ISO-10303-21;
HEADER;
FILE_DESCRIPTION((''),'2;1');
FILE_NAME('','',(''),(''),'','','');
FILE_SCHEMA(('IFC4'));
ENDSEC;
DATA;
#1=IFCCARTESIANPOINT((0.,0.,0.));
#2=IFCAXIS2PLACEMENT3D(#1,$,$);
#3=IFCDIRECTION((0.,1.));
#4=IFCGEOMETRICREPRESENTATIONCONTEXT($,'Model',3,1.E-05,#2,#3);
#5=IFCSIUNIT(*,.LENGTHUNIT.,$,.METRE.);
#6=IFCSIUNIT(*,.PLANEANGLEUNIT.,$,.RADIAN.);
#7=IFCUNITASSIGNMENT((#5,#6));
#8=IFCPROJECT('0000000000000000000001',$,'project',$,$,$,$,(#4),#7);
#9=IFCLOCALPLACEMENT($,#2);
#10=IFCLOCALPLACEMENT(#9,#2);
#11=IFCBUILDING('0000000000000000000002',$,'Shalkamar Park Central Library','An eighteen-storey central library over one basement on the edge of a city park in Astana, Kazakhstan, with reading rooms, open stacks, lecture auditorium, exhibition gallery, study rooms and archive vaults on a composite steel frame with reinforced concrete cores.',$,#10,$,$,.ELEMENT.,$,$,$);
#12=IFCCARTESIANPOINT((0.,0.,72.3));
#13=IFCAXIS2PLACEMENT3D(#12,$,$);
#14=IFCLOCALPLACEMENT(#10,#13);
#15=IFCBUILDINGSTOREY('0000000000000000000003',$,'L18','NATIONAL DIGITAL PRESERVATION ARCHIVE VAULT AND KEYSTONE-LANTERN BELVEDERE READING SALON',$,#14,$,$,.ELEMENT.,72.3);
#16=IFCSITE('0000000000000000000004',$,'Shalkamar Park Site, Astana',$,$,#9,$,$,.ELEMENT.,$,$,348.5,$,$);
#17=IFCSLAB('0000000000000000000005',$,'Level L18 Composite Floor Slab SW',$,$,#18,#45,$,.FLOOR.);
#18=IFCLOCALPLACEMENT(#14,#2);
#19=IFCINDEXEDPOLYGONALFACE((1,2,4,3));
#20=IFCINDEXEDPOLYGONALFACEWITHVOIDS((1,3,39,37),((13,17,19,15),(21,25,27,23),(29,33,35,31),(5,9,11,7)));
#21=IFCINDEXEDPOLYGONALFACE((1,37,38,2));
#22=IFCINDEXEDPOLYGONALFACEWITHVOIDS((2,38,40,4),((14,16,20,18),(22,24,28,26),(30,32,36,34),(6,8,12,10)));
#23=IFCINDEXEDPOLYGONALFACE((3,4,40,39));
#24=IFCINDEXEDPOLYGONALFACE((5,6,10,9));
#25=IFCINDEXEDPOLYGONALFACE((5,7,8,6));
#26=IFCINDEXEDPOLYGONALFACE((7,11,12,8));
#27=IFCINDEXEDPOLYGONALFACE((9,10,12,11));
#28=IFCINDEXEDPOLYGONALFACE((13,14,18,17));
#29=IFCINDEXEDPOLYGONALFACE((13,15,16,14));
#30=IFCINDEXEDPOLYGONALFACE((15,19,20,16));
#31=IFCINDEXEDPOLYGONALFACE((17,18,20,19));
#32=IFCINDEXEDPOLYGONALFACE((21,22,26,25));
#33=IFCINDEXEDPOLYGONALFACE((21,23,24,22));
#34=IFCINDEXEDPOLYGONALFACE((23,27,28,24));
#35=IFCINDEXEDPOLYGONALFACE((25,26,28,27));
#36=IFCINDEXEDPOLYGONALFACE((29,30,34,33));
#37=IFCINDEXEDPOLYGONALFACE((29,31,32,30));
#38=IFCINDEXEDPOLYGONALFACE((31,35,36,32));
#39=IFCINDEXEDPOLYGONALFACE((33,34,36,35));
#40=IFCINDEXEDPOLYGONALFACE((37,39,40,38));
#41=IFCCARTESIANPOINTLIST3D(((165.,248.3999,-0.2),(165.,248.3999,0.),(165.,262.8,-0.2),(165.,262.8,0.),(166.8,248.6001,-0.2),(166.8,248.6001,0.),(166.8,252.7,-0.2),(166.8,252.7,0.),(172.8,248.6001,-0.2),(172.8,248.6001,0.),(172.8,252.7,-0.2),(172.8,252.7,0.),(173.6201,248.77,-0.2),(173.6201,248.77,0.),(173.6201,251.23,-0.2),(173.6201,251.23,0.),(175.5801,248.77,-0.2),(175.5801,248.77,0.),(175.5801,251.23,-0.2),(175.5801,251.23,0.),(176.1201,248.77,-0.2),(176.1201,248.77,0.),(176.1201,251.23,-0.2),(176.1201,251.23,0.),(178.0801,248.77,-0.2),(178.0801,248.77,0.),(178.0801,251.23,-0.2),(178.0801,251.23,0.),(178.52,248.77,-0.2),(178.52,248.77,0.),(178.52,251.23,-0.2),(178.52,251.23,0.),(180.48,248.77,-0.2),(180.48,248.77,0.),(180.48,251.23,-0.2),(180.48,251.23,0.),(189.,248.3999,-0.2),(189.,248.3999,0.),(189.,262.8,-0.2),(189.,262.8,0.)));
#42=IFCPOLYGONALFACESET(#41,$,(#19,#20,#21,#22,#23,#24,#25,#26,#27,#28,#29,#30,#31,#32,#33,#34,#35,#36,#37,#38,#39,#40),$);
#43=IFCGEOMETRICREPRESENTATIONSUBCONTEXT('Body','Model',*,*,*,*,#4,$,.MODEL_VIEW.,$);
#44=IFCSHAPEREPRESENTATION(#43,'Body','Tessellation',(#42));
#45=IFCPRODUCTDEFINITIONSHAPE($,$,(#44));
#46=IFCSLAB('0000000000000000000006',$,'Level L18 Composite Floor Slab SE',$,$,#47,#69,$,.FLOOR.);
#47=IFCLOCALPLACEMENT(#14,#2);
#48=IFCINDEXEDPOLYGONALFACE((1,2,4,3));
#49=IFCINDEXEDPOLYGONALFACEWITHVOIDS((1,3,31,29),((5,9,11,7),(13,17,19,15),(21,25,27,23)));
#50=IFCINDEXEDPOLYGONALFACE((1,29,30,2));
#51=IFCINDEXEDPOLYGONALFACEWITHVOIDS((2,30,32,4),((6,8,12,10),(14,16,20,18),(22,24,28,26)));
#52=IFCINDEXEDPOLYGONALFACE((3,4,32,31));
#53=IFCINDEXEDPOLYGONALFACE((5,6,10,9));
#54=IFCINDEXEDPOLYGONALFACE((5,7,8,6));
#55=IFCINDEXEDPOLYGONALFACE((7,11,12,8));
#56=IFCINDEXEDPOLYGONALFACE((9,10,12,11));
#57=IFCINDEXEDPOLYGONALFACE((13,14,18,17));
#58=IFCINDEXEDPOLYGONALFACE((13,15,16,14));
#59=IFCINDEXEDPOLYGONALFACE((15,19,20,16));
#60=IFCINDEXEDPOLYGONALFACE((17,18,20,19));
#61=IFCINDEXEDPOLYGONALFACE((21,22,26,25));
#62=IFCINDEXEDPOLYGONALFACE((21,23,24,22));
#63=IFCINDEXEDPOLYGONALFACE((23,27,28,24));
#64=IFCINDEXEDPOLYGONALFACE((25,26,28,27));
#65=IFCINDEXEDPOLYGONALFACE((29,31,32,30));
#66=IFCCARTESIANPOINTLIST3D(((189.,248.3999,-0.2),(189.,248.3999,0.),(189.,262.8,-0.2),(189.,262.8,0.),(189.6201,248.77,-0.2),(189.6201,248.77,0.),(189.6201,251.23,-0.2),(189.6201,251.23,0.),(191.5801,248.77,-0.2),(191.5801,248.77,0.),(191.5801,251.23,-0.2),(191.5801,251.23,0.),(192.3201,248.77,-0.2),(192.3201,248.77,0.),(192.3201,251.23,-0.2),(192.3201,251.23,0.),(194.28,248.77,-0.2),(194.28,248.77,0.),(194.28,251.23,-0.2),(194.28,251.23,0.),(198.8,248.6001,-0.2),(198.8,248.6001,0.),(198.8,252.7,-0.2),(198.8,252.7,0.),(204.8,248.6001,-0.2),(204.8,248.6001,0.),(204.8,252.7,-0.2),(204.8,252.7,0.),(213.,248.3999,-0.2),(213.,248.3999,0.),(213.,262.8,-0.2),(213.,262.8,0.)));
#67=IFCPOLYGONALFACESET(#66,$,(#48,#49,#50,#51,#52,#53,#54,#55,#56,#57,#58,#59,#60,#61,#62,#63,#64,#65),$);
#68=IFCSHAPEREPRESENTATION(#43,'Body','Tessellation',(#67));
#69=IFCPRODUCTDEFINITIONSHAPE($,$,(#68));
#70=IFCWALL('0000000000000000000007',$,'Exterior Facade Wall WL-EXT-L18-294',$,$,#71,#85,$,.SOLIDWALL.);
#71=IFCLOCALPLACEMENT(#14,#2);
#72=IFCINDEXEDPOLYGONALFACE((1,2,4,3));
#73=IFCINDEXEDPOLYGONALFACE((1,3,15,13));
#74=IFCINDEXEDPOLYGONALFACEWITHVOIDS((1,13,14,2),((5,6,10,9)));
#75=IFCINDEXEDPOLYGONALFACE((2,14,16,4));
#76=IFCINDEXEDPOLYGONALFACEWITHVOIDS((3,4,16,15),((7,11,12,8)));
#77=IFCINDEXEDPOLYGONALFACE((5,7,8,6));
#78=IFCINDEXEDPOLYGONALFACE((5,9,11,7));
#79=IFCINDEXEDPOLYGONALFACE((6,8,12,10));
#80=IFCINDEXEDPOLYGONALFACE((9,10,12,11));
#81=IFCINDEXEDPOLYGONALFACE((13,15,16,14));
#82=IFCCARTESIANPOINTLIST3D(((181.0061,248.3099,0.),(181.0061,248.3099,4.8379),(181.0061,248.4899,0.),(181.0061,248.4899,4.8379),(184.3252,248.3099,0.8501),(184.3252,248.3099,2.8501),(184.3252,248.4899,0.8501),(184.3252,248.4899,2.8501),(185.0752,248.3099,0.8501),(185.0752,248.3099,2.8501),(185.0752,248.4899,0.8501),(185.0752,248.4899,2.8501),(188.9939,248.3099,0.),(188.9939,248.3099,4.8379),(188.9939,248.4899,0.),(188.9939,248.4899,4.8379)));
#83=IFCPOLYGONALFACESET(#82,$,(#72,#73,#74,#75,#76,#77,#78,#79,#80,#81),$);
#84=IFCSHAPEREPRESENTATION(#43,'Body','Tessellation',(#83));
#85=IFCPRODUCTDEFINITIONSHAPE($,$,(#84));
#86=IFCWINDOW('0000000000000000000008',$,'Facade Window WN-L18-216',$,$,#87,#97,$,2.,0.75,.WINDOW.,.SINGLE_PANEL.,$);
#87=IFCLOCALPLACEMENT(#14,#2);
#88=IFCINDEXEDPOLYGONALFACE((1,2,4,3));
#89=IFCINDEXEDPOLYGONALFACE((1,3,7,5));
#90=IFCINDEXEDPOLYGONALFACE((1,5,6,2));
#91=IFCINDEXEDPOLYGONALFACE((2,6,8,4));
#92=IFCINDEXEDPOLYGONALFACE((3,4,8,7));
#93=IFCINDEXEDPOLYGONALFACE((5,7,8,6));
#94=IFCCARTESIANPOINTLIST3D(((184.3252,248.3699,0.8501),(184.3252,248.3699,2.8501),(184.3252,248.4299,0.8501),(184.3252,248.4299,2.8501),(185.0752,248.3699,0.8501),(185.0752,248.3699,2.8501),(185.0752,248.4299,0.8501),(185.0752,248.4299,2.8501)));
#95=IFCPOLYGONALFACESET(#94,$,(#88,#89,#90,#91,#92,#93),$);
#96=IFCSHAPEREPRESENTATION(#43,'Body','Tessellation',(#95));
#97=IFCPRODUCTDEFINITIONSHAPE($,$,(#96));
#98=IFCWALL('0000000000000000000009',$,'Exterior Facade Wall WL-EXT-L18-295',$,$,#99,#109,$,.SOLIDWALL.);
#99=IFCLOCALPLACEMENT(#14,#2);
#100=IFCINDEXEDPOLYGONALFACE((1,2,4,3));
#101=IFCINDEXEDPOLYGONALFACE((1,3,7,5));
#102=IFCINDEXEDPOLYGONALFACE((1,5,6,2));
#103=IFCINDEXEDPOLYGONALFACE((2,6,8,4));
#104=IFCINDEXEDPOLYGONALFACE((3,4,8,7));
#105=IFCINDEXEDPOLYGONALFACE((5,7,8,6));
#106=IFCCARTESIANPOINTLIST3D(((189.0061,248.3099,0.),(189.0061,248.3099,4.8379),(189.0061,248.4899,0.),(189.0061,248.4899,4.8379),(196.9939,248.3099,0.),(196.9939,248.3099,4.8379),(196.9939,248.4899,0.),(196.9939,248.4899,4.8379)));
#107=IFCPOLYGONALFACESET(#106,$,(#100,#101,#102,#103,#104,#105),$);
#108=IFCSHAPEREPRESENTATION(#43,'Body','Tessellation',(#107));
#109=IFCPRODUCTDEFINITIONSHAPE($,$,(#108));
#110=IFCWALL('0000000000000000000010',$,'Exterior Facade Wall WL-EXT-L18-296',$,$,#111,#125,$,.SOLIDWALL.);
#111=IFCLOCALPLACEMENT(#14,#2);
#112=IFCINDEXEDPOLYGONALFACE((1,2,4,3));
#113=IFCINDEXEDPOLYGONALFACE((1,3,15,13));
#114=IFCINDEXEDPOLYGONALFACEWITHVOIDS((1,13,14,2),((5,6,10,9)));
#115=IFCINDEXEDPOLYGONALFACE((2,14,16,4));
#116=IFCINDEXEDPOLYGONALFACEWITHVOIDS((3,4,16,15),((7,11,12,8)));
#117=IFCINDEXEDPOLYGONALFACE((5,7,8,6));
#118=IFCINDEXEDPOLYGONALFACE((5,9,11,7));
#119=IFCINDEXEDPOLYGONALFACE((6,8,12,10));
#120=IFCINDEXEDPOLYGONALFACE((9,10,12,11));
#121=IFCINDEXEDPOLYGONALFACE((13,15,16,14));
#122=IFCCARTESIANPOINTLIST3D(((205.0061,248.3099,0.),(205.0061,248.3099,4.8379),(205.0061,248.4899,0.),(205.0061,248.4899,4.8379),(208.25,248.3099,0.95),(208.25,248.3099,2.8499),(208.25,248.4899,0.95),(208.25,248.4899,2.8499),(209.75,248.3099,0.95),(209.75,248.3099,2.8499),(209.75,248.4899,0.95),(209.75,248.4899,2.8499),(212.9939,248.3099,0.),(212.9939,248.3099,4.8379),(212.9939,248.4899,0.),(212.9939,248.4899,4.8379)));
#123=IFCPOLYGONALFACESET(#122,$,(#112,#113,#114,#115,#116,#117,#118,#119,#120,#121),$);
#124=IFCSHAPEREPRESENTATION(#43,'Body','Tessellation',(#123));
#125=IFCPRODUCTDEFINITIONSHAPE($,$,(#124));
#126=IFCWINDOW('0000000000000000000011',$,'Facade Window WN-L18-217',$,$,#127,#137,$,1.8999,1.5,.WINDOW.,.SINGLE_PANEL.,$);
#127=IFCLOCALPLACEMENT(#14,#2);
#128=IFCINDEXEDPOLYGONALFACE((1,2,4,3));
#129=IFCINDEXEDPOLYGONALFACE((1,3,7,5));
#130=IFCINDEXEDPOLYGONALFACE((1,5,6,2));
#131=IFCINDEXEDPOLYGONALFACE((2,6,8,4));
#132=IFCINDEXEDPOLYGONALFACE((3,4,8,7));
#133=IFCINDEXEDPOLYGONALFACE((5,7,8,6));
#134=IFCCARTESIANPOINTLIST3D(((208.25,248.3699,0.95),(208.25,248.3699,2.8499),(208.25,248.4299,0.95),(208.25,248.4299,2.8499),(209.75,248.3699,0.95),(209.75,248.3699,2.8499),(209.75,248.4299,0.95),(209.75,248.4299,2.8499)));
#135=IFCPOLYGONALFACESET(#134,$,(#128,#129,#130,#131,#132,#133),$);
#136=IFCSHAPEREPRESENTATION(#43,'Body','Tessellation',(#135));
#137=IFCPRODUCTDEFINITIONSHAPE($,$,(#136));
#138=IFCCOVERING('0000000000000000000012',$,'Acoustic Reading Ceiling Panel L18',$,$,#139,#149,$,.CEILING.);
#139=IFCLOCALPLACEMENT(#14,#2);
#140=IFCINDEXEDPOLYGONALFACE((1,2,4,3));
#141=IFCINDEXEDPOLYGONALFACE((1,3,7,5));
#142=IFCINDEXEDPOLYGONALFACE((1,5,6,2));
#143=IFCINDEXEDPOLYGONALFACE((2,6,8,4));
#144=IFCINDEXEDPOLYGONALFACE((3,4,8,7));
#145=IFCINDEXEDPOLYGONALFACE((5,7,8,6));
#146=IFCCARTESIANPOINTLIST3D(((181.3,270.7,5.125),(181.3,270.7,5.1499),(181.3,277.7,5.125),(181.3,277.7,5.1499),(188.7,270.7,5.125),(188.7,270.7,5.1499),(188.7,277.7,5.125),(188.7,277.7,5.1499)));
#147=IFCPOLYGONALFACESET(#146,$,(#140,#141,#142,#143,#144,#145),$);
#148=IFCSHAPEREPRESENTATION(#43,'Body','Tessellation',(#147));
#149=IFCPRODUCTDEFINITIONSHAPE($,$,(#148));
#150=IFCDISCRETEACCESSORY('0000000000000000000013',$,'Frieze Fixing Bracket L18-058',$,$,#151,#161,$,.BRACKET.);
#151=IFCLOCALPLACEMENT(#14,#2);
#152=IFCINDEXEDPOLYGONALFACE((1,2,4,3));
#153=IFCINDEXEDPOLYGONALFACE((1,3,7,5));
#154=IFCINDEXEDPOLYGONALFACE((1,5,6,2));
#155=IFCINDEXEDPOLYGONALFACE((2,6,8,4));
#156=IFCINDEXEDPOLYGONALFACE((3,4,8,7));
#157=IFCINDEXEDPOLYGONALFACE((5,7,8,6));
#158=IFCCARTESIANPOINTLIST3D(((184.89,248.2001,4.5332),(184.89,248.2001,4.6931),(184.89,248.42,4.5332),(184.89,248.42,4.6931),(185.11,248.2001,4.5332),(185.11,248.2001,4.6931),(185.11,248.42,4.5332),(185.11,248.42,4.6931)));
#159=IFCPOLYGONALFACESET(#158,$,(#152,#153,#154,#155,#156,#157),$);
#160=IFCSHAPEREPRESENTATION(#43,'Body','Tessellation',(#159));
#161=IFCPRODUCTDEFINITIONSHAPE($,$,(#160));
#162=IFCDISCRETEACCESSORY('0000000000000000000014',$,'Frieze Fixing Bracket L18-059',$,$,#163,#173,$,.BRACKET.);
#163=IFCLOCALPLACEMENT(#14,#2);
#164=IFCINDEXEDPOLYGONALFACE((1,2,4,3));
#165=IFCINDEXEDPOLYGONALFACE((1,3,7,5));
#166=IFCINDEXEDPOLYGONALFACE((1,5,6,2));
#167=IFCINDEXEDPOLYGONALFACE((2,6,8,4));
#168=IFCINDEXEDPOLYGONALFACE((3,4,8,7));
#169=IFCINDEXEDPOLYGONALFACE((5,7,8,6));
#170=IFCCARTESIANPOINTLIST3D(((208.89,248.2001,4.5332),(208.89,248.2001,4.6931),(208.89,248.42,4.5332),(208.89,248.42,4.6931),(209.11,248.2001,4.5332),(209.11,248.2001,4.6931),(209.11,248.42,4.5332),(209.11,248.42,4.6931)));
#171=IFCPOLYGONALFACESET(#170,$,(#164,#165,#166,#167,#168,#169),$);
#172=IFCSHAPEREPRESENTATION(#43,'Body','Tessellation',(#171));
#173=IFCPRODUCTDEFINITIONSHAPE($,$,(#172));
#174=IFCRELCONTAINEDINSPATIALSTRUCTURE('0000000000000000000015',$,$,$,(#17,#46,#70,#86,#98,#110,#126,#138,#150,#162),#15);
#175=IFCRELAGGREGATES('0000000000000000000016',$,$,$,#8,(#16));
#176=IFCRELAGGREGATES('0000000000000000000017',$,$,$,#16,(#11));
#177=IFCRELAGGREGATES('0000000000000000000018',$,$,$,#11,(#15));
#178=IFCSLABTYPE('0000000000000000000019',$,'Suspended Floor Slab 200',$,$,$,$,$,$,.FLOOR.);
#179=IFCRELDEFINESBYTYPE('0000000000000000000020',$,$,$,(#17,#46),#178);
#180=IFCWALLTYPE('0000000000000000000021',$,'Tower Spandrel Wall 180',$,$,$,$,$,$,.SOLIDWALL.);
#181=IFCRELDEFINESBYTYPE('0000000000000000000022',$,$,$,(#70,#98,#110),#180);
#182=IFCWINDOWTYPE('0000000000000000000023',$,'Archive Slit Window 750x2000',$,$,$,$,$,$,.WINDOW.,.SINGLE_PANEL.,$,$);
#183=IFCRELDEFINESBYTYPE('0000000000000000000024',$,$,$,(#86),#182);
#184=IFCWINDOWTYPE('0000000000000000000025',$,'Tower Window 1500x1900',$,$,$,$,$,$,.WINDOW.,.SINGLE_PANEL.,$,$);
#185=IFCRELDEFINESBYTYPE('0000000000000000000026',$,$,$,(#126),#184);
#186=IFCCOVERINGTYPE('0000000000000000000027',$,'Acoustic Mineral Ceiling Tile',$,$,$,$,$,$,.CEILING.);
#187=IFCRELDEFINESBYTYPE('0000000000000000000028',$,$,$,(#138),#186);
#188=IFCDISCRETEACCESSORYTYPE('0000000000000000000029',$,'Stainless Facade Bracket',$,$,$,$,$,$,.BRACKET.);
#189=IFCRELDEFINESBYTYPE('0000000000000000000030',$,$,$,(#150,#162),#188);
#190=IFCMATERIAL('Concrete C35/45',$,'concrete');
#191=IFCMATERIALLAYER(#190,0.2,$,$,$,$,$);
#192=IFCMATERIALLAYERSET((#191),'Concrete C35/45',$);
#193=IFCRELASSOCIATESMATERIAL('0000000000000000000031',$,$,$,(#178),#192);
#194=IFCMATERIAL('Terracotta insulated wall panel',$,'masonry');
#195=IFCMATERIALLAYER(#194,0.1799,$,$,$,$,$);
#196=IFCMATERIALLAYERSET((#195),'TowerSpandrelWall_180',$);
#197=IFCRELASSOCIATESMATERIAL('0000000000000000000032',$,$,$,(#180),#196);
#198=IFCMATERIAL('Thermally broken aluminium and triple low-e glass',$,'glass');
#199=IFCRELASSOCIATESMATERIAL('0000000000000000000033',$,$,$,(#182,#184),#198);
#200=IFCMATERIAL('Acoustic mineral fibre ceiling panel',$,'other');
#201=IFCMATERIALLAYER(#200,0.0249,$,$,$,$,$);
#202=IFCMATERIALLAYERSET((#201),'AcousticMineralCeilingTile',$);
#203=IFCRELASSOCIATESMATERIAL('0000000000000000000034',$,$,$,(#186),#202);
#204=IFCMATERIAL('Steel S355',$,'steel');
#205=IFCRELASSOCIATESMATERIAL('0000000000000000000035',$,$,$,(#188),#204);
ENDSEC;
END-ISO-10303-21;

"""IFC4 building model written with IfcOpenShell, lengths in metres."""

from ifc_helpers import new_model, si_unit, direction, frame, frame_2d, origin, origin_2d, place, context, subcontext, project, spatial, polyline, rectangle, outline, extrude, material, layer, layer_set, type_object, element, fill, save


model = new_model("IFC4")

# Units and contexts
model_context = context("Model", 3, precision=1e-05, world=origin(), true_north=direction((0.0, 1.0)))
body_context = subcontext(model_context, "Body", "Model", "MODEL_VIEW")
ifc_project = project(units=[si_unit("LENGTHUNIT", "METRE"), si_unit("PLANEANGLEUNIT", "RADIAN")], contexts=[model_context])

# Site, building, storey
site_placement = place(None, origin())
site = spatial("IfcSite", under=ifc_project, at=site_placement, Name="Shalkamar Park Site, Astana", CompositionType="ELEMENT", RefElevation=348.5)
building_placement = place(site_placement, origin())
building = spatial("IfcBuilding", under=site, at=building_placement, Name="Shalkamar Park Central Library", Description="An eighteen-storey central library over one basement on the edge of a city park in Astana, Kazakhstan, with reading rooms, open stacks, lecture auditorium, exhibition gallery, study rooms and archive vaults on a composite steel frame with reinforced concrete cores.", CompositionType="ELEMENT")
storey_placement = place(building_placement, frame((0.0, 0.0, 72.3)))
storey = spatial("IfcBuildingStorey", under=building, at=storey_placement, Name="L18", Description="NATIONAL DIGITAL PRESERVATION ARCHIVE VAULT AND KEYSTONE-LANTERN BELVEDERE READING SALON", CompositionType="ELEMENT", Elevation=72.3)

# Shared definitions
ifc_material_1 = material(Name="Steel S355", Category="steel")

# Shared definitions
ifc_material_2 = material(Name="Concrete C35/45", Category="concrete")

# Slabs
ifc_layer_1 = layer(ifc_material_2, 0.2)
ifc_layer_set_1 = layer_set([ifc_layer_1], Name="Concrete C35/45")
slab_type_1 = type_object("IfcSlabType", Name="Suspended Floor Slab 200", PredefinedType="FLOOR", material=ifc_layer_set_1)
slab_1_placement = place(storey_placement, frame((0.0, 0.0, -0.2)))
element("IfcSlab", 1, at=slab_1_placement, inside=storey, type_object=slab_type_1, Name="Level L18 Composite Floor Slab SW", PredefinedType="FLOOR", context=body_context, shape_type="SweptSolid", body=[
    extrude(outline(polyline([(165.0, 248.3999), (165.0, 262.8), (189.0, 262.8), (189.0, 248.3999), (165.0, 248.3999)]), holes=[polyline([(173.6201, 248.77), (175.5801, 248.77), (175.5801, 251.23), (173.6201, 251.23), (173.6201, 248.77)]), polyline([(176.1201, 251.23), (176.1201, 248.77), (178.0801, 248.77), (178.0801, 251.23), (176.1201, 251.23)]), polyline([(178.52, 251.23), (178.52, 248.77), (180.48, 248.77), (180.48, 251.23), (178.52, 251.23)]), polyline([(166.8, 252.7), (166.8, 248.6001), (172.8, 248.6001), (172.8, 252.7), (166.8, 252.7)])]), origin(), (0.0, 0.0, 1.0), 0.2),
])
slab_2_placement = place(storey_placement, frame((0.0, 0.0, -0.2)))
element("IfcSlab", 2, at=slab_2_placement, inside=storey, type_object=slab_type_1, Name="Level L18 Composite Floor Slab SE", PredefinedType="FLOOR", context=body_context, shape_type="SweptSolid", body=[
    extrude(outline(polyline([(189.0, 248.3999), (189.0, 262.8), (213.0, 262.8), (213.0, 248.3999), (189.0, 248.3999)]), holes=[polyline([(189.6201, 251.23), (189.6201, 248.77), (191.5801, 248.77), (191.5801, 251.23), (189.6201, 251.23)]), polyline([(192.3201, 251.23), (192.3201, 248.77), (194.28, 248.77), (194.28, 251.23), (192.3201, 251.23)]), polyline([(198.8, 252.7), (198.8, 248.6001), (204.8, 248.6001), (204.8, 252.7), (198.8, 252.7)])]), origin(), (0.0, 0.0, 1.0), 0.2),
])

# Wall, opening, window
ifc_material_3 = material(Name="Terracotta insulated wall panel", Category="masonry")
ifc_layer_2 = layer(ifc_material_3, 0.1799)
ifc_layer_set_2 = layer_set([ifc_layer_2], Name="TowerSpandrelWall_180")
wall_type = type_object("IfcWallType", Name="Tower Spandrel Wall 180", PredefinedType="SOLIDWALL", material=ifc_layer_set_2)
wall_1_placement = place(storey_placement, frame((181.0061, 248.3999, 0.0), z_axis=(0.0, 0.0, 1.0), x_axis=(1.0, 0.0, 0.0)))
wall_1 = element("IfcWall", 3, at=wall_1_placement, inside=storey, type_object=wall_type, Name="Exterior Facade Wall WL-EXT-L18-294", PredefinedType="SOLIDWALL", context=body_context, shape_type="SweptSolid", body=[
    extrude(rectangle(XDim=7.9878, YDim=0.1799, at=frame_2d((3.9939, 0.0))), origin(), (0.0, 0.0, 1.0), 4.8379),
])
opening_1_placement = place(wall_1_placement, frame((3.3191, 0.0, 0.8501)))
opening_1 = element("IfcOpeningElement", 4, at=opening_1_placement, cuts=wall_1, PredefinedType="OPENING", context=body_context, shape_type="SweptSolid", body=[
    extrude(rectangle(XDim=0.75, YDim=2.0, at=frame_2d((0.375, 1.0))), frame((0.0, 0.105, 0.0), z_axis=(0.0, -1.0, 0.0), x_axis=(1.0, 0.0, 0.0)), (0.0, 0.0, 1.0), 0.2097),
])
ifc_material_4 = material(Name="Thermally broken aluminium and triple low-e glass", Category="glass")
window_type_1 = type_object("IfcWindowType", Name="Archive Slit Window 750x2000", PartitioningType="SINGLE_PANEL", PredefinedType="WINDOW", material=ifc_material_4)
window_1_placement = place(opening_1_placement, origin())
window_1 = element("IfcWindow", 5, at=window_1_placement, inside=storey, type_object=window_type_1, Name="Facade Window WN-L18-216", OverallHeight=2.0, OverallWidth=0.75, PartitioningType="SINGLE_PANEL", PredefinedType="WINDOW", context=body_context, shape_type="SweptSolid", body=[
    extrude(rectangle(XDim=0.75, YDim=2.0, at=frame_2d((0.375, 1.0))), frame((0.0, 0.03, 0.0), z_axis=(0.0, -1.0, 0.0), x_axis=(1.0, 0.0, 0.0)), (0.0, 0.0, 1.0), 0.0601),
])
fill(opening_1, window_1)

# Wall
wall_2_placement = place(storey_placement, frame((189.0061, 248.3999, 0.0), z_axis=(0.0, 0.0, 1.0), x_axis=(1.0, 0.0, 0.0)))
element("IfcWall", 6, at=wall_2_placement, inside=storey, type_object=wall_type, Name="Exterior Facade Wall WL-EXT-L18-295", PredefinedType="SOLIDWALL", context=body_context, shape_type="SweptSolid", body=[
    extrude(rectangle(XDim=7.9878, YDim=0.1799, at=frame_2d((3.9939, 0.0))), origin(), (0.0, 0.0, 1.0), 4.8379),
])

# Wall, opening, window
wall_3_placement = place(storey_placement, frame((205.0061, 248.3999, 0.0), z_axis=(0.0, 0.0, 1.0), x_axis=(1.0, 0.0, 0.0)))
wall_3 = element("IfcWall", 7, at=wall_3_placement, inside=storey, type_object=wall_type, Name="Exterior Facade Wall WL-EXT-L18-296", PredefinedType="SOLIDWALL", context=body_context, shape_type="SweptSolid", body=[
    extrude(rectangle(XDim=7.9878, YDim=0.1799, at=frame_2d((3.9939, 0.0))), origin(), (0.0, 0.0, 1.0), 4.8379),
])
opening_2_placement = place(wall_3_placement, frame((3.2439, 0.0, 0.95)))
opening_2 = element("IfcOpeningElement", 8, at=opening_2_placement, cuts=wall_3, PredefinedType="OPENING", context=body_context, shape_type="SweptSolid", body=[
    extrude(rectangle(XDim=1.5, YDim=1.8999, at=frame_2d((0.75, 0.95))), frame((0.0, 0.105, 0.0), z_axis=(0.0, -1.0, 0.0), x_axis=(1.0, 0.0, 0.0)), (0.0, 0.0, 1.0), 0.2097),
])
window_type_2 = type_object("IfcWindowType", Name="Tower Window 1500x1900", PartitioningType="SINGLE_PANEL", PredefinedType="WINDOW", material=ifc_material_4)
window_2_placement = place(opening_2_placement, origin())
window_2 = element("IfcWindow", 9, at=window_2_placement, inside=storey, type_object=window_type_2, Name="Facade Window WN-L18-217", OverallHeight=1.8999, OverallWidth=1.5, PartitioningType="SINGLE_PANEL", PredefinedType="WINDOW", context=body_context, shape_type="SweptSolid", body=[
    extrude(rectangle(XDim=1.5, YDim=1.8999, at=frame_2d((0.75, 0.95))), frame((0.0, 0.03, 0.0), z_axis=(0.0, -1.0, 0.0), x_axis=(1.0, 0.0, 0.0)), (0.0, 0.0, 1.0), 0.0601),
])
fill(opening_2, window_2)

# Covering
ifc_material_5 = material(Name="Acoustic mineral fibre ceiling panel", Category="other")
ifc_layer_3 = layer(ifc_material_5, 0.0249)
ifc_layer_set_3 = layer_set([ifc_layer_3], Name="AcousticMineralCeilingTile")
covering_type = type_object("IfcCoveringType", Name="Acoustic Mineral Ceiling Tile", PredefinedType="CEILING", material=ifc_layer_set_3)
covering_placement = place(storey_placement, frame((0.0, 0.0, 5.125)))
element("IfcCovering", 10, at=covering_placement, inside=storey, type_object=covering_type, Name="Acoustic Reading Ceiling Panel L18", PredefinedType="CEILING", context=body_context, shape_type="SweptSolid", body=[
    extrude(outline(polyline([(181.3, 270.7), (188.7, 270.7), (188.7, 277.7), (181.3, 277.7), (181.3, 270.7)])), origin(), (0.0, 0.0, 1.0), 0.0249),
])

# Discrete accessories
discrete_accessory_type = type_object("IfcDiscreteAccessoryType", Name="Stainless Facade Bracket", PredefinedType="BRACKET", material=ifc_material_1)
for number, where, z_axis, x_axis, name in (
    (11, (185.0, 248.3101, 4.5332), (0.0, 0.0, 1.0), (1.0, 0.0, 0.0), "Frieze Fixing Bracket L18-058"),
    (12, (209.0, 248.3101, 4.5332), (0.0, 0.0, 1.0), (1.0, 0.0, 0.0), "Frieze Fixing Bracket L18-059"),
):
    element("IfcDiscreteAccessory", number, at=place(storey_placement, frame(where, z_axis=z_axis, x_axis=x_axis)), inside=storey, type_object=discrete_accessory_type, Name=name, PredefinedType="BRACKET", context=body_context, shape_type="SweptSolid", body=[
        extrude(rectangle(XDim=0.22, YDim=0.22, at=origin_2d()), origin(), (0.0, 0.0, 1.0), 0.1599),
    ])

save(model, "model.ifc")
